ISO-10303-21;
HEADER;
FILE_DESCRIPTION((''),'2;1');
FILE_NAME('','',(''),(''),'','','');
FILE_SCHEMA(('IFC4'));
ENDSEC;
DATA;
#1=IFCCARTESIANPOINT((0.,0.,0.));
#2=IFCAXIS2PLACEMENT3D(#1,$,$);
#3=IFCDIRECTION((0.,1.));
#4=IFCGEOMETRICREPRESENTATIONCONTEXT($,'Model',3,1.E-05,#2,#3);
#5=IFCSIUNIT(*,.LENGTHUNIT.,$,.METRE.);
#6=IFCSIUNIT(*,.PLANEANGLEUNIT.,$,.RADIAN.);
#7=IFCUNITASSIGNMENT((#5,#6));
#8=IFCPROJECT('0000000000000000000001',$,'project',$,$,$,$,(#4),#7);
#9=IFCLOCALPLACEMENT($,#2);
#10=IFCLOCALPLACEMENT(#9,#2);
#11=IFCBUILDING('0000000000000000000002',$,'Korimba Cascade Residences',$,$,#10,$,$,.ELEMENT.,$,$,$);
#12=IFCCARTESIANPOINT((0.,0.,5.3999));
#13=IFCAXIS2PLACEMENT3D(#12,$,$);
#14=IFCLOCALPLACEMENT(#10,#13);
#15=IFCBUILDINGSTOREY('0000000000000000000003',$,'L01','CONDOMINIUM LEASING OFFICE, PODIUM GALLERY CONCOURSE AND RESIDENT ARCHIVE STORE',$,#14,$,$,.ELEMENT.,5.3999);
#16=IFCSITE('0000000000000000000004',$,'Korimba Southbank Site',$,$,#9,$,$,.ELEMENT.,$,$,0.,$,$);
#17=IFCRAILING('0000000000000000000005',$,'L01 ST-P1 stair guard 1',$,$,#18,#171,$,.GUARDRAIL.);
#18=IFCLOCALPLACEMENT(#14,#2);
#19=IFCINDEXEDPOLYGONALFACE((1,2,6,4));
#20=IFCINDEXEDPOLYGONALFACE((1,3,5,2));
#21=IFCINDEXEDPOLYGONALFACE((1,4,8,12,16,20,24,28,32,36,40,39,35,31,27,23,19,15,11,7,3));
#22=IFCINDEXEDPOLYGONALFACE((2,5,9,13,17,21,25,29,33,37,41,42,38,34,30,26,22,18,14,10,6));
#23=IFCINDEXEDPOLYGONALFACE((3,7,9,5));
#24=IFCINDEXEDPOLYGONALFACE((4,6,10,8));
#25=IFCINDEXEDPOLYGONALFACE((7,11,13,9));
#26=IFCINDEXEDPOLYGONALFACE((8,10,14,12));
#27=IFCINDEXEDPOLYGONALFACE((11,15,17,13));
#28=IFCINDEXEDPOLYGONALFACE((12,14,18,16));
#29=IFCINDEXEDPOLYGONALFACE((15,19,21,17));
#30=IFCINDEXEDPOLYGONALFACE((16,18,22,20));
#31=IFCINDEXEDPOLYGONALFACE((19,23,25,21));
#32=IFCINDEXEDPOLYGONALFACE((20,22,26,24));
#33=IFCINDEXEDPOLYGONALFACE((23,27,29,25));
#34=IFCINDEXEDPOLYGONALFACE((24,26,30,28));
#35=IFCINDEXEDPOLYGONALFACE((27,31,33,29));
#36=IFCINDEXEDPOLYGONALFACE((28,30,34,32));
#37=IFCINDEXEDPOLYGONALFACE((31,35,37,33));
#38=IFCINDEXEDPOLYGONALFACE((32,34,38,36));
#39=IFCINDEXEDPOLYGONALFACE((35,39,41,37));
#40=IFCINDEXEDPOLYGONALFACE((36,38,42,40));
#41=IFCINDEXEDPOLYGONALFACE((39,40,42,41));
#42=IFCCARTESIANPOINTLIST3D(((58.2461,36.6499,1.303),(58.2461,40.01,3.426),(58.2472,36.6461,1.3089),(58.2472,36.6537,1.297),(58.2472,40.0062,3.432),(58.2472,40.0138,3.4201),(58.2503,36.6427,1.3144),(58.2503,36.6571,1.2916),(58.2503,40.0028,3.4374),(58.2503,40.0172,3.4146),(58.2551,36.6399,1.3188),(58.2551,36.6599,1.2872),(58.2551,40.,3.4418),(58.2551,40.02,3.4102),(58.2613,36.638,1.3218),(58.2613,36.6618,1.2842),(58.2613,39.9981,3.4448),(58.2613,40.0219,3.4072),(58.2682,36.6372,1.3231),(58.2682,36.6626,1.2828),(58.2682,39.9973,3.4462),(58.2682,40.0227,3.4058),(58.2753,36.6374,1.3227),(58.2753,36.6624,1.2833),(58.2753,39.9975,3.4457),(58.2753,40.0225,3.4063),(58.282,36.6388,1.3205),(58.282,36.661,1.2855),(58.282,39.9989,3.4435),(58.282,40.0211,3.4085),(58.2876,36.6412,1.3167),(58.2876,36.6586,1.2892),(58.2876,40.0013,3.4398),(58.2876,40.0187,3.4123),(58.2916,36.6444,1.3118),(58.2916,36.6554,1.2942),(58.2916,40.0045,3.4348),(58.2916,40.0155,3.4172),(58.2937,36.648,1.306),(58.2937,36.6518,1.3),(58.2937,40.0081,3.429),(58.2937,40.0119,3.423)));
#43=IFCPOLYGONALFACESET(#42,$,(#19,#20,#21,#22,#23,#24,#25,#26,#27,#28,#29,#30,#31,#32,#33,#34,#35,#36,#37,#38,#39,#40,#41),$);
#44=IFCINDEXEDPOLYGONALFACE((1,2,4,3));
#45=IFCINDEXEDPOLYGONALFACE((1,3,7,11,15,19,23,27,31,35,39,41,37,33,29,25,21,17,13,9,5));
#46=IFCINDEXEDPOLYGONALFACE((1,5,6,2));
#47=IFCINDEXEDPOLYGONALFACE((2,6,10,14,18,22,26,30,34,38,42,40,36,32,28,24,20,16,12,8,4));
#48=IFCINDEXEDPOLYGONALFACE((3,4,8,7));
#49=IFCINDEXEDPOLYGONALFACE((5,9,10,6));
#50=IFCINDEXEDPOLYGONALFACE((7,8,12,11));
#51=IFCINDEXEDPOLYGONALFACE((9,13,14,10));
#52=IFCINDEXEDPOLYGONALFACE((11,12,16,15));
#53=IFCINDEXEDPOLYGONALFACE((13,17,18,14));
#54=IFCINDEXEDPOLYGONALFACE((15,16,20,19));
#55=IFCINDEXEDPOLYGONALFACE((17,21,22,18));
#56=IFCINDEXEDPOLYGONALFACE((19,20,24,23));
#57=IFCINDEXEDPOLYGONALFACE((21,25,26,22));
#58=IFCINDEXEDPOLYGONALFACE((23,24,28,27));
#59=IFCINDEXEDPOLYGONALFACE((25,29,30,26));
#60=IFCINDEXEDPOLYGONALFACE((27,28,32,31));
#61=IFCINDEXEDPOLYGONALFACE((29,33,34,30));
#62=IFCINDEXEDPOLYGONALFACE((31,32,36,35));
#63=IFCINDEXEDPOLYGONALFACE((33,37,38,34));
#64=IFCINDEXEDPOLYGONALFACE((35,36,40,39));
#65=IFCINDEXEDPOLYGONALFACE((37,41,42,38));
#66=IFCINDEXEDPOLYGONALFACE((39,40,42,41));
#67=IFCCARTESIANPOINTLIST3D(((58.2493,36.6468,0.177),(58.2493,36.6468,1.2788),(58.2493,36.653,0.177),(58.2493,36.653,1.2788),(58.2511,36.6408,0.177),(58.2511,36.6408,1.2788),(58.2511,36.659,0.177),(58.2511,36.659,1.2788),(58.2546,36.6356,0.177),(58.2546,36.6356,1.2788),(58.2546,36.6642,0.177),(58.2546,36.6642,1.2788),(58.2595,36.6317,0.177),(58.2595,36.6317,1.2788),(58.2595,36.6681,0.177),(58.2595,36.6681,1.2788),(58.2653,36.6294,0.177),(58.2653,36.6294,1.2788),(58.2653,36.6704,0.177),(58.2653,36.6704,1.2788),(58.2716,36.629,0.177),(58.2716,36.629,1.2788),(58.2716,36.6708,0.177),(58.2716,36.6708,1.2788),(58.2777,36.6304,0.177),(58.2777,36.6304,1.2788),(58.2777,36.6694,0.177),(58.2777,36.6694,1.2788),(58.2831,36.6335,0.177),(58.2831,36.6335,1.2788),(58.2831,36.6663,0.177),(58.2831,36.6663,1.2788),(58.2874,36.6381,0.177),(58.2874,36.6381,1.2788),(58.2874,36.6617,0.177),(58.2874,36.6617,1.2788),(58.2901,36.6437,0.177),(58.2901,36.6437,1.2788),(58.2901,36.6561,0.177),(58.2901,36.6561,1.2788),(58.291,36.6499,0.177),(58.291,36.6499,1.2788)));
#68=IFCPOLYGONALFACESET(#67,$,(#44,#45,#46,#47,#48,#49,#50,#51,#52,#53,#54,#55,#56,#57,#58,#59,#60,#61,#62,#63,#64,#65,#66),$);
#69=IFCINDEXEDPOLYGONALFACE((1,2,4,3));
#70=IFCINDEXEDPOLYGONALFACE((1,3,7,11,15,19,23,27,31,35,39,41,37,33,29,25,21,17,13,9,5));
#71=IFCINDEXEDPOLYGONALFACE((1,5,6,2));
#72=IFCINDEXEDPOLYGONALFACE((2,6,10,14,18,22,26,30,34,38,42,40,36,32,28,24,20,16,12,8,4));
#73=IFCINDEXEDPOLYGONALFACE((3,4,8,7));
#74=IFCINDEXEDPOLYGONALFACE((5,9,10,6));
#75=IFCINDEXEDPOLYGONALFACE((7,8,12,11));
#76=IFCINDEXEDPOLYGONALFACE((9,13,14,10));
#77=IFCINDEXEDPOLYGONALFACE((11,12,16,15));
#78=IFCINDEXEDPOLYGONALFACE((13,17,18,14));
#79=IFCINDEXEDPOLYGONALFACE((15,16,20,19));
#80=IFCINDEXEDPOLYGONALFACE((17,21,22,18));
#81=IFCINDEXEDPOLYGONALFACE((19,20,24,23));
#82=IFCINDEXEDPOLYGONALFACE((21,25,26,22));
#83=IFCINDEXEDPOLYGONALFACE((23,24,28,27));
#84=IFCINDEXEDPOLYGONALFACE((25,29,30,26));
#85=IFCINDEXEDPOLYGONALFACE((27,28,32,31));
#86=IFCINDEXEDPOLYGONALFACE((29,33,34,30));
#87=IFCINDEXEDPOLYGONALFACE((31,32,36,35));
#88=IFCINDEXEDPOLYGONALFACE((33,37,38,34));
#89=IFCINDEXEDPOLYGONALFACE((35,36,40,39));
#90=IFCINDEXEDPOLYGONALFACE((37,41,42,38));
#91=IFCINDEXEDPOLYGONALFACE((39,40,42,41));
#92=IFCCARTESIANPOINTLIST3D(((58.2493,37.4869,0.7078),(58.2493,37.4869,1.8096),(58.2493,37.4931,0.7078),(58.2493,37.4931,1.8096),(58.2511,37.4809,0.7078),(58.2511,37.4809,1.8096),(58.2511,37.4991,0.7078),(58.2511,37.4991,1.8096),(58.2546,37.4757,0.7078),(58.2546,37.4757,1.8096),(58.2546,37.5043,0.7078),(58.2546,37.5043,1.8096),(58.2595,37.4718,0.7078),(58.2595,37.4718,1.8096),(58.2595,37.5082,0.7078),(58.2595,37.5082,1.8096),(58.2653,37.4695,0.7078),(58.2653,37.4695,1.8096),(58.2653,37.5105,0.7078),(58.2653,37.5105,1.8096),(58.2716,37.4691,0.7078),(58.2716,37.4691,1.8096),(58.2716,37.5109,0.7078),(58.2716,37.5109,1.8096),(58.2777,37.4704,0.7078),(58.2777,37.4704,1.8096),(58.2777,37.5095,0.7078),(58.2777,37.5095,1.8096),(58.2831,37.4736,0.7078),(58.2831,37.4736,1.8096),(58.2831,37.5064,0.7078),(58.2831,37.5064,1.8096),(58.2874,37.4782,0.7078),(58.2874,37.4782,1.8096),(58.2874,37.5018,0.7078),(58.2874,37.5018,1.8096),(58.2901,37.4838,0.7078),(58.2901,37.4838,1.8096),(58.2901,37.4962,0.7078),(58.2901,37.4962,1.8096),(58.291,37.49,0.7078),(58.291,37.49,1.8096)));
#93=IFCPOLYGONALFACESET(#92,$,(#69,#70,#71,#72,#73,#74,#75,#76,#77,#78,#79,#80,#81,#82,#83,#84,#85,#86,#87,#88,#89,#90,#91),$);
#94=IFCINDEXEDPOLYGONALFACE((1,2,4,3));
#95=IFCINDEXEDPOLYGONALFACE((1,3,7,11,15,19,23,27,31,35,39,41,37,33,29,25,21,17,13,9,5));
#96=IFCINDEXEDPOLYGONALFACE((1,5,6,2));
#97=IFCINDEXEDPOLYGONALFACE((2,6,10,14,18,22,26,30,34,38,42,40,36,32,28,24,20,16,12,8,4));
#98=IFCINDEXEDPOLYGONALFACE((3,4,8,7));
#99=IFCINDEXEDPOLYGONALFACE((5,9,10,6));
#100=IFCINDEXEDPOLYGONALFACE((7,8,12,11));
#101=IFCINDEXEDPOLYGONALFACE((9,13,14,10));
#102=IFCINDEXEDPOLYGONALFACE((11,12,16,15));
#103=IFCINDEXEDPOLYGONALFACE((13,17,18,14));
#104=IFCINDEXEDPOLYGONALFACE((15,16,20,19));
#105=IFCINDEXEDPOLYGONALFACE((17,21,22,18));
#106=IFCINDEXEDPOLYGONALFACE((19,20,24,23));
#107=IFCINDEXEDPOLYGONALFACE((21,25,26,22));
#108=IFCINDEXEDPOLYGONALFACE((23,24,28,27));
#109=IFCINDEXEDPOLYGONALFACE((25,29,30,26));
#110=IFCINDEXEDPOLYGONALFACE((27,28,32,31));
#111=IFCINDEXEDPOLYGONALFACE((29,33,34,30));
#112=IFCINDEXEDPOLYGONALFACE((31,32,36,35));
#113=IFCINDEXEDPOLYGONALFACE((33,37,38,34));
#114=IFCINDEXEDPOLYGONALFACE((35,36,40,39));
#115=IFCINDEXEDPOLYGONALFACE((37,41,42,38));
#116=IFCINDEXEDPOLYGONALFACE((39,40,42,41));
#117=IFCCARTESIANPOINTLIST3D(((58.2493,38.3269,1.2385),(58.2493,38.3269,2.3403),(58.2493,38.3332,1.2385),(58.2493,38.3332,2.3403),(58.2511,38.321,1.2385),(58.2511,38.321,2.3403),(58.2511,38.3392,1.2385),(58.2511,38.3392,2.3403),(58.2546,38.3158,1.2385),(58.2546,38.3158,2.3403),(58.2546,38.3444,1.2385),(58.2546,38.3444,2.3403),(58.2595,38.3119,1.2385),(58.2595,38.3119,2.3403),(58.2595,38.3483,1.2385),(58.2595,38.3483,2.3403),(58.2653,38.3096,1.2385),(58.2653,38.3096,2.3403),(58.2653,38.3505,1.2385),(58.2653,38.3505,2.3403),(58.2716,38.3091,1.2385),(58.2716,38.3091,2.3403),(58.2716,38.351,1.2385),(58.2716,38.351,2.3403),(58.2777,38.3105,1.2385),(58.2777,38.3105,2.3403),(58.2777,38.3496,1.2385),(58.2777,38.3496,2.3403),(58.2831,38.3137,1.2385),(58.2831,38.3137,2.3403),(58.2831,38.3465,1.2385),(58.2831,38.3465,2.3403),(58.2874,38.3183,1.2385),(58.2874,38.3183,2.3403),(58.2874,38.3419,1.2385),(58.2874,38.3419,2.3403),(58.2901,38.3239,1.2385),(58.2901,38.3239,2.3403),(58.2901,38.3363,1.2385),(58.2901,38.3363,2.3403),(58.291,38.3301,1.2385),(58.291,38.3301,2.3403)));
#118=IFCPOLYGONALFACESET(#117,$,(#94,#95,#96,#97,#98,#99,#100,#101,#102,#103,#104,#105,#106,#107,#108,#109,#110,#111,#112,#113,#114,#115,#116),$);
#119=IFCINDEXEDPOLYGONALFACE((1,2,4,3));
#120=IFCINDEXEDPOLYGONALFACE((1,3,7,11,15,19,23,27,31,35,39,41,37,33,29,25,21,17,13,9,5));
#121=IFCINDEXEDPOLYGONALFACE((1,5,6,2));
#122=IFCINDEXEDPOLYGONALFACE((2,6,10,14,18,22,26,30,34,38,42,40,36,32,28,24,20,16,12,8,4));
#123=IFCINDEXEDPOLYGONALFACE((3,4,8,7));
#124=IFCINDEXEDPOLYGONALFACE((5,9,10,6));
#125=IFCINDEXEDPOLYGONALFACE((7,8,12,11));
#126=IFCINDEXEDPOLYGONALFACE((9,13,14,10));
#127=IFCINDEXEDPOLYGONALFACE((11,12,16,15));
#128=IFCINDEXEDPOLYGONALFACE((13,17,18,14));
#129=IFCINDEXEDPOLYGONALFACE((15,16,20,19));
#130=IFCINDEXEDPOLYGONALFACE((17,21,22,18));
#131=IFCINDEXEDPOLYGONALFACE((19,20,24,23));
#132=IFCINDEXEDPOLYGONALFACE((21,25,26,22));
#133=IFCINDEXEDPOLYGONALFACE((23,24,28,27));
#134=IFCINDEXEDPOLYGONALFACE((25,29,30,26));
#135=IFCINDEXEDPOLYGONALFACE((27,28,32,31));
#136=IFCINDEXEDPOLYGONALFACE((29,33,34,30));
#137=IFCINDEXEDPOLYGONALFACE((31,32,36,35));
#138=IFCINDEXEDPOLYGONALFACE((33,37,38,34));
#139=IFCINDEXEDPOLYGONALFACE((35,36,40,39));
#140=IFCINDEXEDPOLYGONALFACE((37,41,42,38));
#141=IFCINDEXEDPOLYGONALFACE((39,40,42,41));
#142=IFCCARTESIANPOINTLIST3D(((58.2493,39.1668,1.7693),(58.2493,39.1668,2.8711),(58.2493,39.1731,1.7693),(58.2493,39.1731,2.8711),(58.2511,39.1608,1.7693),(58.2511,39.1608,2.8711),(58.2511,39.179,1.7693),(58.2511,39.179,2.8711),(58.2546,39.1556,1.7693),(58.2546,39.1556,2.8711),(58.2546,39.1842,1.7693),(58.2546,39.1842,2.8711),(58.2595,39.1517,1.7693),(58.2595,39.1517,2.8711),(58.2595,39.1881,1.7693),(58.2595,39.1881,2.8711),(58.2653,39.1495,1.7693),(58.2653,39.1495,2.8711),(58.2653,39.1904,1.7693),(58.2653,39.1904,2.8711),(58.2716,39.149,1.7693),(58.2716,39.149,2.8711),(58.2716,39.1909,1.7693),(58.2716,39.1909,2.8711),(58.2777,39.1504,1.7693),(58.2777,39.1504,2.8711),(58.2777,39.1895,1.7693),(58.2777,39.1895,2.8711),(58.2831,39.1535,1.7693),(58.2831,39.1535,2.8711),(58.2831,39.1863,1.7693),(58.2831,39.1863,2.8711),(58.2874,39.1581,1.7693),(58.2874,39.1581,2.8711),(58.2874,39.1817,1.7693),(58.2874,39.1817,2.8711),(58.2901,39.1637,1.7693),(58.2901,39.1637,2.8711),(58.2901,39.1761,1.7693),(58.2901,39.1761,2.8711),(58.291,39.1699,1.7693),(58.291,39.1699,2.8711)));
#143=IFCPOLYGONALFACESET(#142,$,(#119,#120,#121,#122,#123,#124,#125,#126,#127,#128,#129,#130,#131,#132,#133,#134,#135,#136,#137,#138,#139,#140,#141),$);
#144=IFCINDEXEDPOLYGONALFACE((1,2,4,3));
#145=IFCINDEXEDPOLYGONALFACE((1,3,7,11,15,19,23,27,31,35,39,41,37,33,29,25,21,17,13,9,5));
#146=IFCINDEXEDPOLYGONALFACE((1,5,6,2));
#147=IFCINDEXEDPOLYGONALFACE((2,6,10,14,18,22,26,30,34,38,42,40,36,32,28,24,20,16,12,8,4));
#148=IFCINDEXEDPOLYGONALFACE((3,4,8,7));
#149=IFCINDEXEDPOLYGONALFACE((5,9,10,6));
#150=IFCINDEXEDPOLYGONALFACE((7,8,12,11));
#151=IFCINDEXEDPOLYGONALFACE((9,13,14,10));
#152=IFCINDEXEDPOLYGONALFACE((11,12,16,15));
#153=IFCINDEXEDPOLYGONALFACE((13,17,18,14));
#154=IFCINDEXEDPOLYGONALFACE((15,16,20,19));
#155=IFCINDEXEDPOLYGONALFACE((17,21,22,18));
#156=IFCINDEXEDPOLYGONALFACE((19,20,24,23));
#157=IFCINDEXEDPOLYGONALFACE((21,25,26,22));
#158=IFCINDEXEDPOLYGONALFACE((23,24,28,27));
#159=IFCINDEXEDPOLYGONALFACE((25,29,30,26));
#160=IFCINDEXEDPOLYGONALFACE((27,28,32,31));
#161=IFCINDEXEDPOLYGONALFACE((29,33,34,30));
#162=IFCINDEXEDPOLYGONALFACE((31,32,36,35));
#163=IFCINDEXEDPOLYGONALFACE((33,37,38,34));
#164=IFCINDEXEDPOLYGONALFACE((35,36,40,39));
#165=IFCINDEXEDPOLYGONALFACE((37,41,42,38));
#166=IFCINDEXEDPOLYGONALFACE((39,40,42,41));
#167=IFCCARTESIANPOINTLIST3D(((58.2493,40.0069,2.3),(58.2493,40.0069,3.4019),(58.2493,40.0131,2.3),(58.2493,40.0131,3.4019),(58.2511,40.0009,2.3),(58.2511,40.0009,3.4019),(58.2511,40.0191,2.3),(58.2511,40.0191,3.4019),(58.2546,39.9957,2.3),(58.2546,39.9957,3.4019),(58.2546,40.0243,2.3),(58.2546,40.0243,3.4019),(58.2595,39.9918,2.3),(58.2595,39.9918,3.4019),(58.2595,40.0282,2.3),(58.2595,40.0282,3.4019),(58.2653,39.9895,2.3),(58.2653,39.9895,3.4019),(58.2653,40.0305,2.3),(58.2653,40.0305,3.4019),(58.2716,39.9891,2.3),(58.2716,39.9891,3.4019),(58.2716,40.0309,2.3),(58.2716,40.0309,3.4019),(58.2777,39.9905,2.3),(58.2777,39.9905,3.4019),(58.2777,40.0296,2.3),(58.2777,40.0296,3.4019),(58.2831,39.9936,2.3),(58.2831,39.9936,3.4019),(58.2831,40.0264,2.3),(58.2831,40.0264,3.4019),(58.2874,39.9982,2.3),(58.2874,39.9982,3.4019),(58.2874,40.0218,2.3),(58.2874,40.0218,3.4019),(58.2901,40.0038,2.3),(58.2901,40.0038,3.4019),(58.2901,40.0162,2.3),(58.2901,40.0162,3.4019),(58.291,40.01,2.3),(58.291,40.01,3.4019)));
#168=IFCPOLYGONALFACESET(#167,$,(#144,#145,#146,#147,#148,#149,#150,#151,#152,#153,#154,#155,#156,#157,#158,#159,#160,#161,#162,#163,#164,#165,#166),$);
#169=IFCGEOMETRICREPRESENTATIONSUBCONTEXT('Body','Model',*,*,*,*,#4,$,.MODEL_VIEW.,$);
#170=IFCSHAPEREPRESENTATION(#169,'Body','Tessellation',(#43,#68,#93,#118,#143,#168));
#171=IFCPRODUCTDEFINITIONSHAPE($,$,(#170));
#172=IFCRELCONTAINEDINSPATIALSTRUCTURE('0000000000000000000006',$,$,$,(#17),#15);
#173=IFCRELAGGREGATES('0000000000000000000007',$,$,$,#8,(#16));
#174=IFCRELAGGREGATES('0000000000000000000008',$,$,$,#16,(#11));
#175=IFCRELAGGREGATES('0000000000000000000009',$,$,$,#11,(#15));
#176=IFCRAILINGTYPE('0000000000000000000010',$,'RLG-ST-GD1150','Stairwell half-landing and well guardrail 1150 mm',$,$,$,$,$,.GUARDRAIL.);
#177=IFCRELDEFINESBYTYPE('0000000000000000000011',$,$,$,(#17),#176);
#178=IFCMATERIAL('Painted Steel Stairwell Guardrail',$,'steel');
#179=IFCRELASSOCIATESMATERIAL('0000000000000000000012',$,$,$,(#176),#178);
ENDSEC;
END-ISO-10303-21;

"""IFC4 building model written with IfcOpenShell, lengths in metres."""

from ifc_helpers import new_model, si_unit, direction, frame, origin, origin_2d, place, context, subcontext, project, spatial, circle, extrude, material, type_object, element, save


model = new_model("IFC4")

# Units and contexts
model_context = context("Model", 3, precision=1e-05, world=origin(), true_north=direction((0.0, 1.0)))
body_context = subcontext(model_context, "Body", "Model", "MODEL_VIEW")
ifc_project = project(units=[si_unit("LENGTHUNIT", "METRE"), si_unit("PLANEANGLEUNIT", "RADIAN")], contexts=[model_context])

# Site, building, storey
site_placement = place(None, origin())
site = spatial("IfcSite", under=ifc_project, at=site_placement, Name="Korimba Southbank Site", CompositionType="ELEMENT", RefElevation=0.0)
building_placement = place(site_placement, origin())
building = spatial("IfcBuilding", under=site, at=building_placement, Name="Korimba Cascade Residences", CompositionType="ELEMENT")
storey_placement = place(building_placement, frame((0.0, 0.0, 5.3999)))
storey = spatial("IfcBuildingStorey", under=building, at=storey_placement, Name="L01", Description="CONDOMINIUM LEASING OFFICE, PODIUM GALLERY CONCOURSE AND RESIDENT ARCHIVE STORE", CompositionType="ELEMENT", Elevation=5.3999)

# Railing
ifc_material_1 = material(Name="Painted Steel Stairwell Guardrail", Category="steel")
railing_type_1 = type_object("IfcRailingType", Name="RLG-ST-GD1150", Description="Stairwell half-landing and well guardrail 1150 mm", PredefinedType="GUARDRAIL", material=ifc_material_1)
railing_1_placement = place(storey_placement, frame((58.27, 36.6499, 0.177)))
element("IfcRailing", 1, at=railing_1_placement, inside=storey, type_object=railing_type_1, Name="L01 ST-P1 stair guard 1", PredefinedType="GUARDRAIL", context=body_context, shape_type="SweptSolid", body=[
    extrude(circle(Radius=0.0239, at=origin_2d()), frame((0.0, 0.0, 1.126), z_axis=(0.0, 0.84539, 0.53415), x_axis=(-1.0, 0.0, 0.0)), (0.0, 0.0, 1.0), 3.9746),
    extrude(circle(Radius=0.021, at=origin_2d()), origin(), (0.0, 0.0, 1.0), 1.1018),
    extrude(circle(Radius=0.021, at=origin_2d()), frame((0.0, 0.8401, 0.5308)), (0.0, 0.0, 1.0), 1.1018),
    extrude(circle(Radius=0.021, at=origin_2d()), frame((0.0, 1.6802, 1.0615)), (0.0, 0.0, 1.0), 1.1018),
    extrude(circle(Radius=0.021, at=origin_2d()), frame((0.0, 2.52, 1.5923)), (0.0, 0.0, 1.0), 1.1018),
    extrude(circle(Radius=0.021, at=origin_2d()), frame((0.0, 3.3601, 2.123)), (0.0, 0.0, 1.0), 1.1018),
])

save(model, "model.ifc")
